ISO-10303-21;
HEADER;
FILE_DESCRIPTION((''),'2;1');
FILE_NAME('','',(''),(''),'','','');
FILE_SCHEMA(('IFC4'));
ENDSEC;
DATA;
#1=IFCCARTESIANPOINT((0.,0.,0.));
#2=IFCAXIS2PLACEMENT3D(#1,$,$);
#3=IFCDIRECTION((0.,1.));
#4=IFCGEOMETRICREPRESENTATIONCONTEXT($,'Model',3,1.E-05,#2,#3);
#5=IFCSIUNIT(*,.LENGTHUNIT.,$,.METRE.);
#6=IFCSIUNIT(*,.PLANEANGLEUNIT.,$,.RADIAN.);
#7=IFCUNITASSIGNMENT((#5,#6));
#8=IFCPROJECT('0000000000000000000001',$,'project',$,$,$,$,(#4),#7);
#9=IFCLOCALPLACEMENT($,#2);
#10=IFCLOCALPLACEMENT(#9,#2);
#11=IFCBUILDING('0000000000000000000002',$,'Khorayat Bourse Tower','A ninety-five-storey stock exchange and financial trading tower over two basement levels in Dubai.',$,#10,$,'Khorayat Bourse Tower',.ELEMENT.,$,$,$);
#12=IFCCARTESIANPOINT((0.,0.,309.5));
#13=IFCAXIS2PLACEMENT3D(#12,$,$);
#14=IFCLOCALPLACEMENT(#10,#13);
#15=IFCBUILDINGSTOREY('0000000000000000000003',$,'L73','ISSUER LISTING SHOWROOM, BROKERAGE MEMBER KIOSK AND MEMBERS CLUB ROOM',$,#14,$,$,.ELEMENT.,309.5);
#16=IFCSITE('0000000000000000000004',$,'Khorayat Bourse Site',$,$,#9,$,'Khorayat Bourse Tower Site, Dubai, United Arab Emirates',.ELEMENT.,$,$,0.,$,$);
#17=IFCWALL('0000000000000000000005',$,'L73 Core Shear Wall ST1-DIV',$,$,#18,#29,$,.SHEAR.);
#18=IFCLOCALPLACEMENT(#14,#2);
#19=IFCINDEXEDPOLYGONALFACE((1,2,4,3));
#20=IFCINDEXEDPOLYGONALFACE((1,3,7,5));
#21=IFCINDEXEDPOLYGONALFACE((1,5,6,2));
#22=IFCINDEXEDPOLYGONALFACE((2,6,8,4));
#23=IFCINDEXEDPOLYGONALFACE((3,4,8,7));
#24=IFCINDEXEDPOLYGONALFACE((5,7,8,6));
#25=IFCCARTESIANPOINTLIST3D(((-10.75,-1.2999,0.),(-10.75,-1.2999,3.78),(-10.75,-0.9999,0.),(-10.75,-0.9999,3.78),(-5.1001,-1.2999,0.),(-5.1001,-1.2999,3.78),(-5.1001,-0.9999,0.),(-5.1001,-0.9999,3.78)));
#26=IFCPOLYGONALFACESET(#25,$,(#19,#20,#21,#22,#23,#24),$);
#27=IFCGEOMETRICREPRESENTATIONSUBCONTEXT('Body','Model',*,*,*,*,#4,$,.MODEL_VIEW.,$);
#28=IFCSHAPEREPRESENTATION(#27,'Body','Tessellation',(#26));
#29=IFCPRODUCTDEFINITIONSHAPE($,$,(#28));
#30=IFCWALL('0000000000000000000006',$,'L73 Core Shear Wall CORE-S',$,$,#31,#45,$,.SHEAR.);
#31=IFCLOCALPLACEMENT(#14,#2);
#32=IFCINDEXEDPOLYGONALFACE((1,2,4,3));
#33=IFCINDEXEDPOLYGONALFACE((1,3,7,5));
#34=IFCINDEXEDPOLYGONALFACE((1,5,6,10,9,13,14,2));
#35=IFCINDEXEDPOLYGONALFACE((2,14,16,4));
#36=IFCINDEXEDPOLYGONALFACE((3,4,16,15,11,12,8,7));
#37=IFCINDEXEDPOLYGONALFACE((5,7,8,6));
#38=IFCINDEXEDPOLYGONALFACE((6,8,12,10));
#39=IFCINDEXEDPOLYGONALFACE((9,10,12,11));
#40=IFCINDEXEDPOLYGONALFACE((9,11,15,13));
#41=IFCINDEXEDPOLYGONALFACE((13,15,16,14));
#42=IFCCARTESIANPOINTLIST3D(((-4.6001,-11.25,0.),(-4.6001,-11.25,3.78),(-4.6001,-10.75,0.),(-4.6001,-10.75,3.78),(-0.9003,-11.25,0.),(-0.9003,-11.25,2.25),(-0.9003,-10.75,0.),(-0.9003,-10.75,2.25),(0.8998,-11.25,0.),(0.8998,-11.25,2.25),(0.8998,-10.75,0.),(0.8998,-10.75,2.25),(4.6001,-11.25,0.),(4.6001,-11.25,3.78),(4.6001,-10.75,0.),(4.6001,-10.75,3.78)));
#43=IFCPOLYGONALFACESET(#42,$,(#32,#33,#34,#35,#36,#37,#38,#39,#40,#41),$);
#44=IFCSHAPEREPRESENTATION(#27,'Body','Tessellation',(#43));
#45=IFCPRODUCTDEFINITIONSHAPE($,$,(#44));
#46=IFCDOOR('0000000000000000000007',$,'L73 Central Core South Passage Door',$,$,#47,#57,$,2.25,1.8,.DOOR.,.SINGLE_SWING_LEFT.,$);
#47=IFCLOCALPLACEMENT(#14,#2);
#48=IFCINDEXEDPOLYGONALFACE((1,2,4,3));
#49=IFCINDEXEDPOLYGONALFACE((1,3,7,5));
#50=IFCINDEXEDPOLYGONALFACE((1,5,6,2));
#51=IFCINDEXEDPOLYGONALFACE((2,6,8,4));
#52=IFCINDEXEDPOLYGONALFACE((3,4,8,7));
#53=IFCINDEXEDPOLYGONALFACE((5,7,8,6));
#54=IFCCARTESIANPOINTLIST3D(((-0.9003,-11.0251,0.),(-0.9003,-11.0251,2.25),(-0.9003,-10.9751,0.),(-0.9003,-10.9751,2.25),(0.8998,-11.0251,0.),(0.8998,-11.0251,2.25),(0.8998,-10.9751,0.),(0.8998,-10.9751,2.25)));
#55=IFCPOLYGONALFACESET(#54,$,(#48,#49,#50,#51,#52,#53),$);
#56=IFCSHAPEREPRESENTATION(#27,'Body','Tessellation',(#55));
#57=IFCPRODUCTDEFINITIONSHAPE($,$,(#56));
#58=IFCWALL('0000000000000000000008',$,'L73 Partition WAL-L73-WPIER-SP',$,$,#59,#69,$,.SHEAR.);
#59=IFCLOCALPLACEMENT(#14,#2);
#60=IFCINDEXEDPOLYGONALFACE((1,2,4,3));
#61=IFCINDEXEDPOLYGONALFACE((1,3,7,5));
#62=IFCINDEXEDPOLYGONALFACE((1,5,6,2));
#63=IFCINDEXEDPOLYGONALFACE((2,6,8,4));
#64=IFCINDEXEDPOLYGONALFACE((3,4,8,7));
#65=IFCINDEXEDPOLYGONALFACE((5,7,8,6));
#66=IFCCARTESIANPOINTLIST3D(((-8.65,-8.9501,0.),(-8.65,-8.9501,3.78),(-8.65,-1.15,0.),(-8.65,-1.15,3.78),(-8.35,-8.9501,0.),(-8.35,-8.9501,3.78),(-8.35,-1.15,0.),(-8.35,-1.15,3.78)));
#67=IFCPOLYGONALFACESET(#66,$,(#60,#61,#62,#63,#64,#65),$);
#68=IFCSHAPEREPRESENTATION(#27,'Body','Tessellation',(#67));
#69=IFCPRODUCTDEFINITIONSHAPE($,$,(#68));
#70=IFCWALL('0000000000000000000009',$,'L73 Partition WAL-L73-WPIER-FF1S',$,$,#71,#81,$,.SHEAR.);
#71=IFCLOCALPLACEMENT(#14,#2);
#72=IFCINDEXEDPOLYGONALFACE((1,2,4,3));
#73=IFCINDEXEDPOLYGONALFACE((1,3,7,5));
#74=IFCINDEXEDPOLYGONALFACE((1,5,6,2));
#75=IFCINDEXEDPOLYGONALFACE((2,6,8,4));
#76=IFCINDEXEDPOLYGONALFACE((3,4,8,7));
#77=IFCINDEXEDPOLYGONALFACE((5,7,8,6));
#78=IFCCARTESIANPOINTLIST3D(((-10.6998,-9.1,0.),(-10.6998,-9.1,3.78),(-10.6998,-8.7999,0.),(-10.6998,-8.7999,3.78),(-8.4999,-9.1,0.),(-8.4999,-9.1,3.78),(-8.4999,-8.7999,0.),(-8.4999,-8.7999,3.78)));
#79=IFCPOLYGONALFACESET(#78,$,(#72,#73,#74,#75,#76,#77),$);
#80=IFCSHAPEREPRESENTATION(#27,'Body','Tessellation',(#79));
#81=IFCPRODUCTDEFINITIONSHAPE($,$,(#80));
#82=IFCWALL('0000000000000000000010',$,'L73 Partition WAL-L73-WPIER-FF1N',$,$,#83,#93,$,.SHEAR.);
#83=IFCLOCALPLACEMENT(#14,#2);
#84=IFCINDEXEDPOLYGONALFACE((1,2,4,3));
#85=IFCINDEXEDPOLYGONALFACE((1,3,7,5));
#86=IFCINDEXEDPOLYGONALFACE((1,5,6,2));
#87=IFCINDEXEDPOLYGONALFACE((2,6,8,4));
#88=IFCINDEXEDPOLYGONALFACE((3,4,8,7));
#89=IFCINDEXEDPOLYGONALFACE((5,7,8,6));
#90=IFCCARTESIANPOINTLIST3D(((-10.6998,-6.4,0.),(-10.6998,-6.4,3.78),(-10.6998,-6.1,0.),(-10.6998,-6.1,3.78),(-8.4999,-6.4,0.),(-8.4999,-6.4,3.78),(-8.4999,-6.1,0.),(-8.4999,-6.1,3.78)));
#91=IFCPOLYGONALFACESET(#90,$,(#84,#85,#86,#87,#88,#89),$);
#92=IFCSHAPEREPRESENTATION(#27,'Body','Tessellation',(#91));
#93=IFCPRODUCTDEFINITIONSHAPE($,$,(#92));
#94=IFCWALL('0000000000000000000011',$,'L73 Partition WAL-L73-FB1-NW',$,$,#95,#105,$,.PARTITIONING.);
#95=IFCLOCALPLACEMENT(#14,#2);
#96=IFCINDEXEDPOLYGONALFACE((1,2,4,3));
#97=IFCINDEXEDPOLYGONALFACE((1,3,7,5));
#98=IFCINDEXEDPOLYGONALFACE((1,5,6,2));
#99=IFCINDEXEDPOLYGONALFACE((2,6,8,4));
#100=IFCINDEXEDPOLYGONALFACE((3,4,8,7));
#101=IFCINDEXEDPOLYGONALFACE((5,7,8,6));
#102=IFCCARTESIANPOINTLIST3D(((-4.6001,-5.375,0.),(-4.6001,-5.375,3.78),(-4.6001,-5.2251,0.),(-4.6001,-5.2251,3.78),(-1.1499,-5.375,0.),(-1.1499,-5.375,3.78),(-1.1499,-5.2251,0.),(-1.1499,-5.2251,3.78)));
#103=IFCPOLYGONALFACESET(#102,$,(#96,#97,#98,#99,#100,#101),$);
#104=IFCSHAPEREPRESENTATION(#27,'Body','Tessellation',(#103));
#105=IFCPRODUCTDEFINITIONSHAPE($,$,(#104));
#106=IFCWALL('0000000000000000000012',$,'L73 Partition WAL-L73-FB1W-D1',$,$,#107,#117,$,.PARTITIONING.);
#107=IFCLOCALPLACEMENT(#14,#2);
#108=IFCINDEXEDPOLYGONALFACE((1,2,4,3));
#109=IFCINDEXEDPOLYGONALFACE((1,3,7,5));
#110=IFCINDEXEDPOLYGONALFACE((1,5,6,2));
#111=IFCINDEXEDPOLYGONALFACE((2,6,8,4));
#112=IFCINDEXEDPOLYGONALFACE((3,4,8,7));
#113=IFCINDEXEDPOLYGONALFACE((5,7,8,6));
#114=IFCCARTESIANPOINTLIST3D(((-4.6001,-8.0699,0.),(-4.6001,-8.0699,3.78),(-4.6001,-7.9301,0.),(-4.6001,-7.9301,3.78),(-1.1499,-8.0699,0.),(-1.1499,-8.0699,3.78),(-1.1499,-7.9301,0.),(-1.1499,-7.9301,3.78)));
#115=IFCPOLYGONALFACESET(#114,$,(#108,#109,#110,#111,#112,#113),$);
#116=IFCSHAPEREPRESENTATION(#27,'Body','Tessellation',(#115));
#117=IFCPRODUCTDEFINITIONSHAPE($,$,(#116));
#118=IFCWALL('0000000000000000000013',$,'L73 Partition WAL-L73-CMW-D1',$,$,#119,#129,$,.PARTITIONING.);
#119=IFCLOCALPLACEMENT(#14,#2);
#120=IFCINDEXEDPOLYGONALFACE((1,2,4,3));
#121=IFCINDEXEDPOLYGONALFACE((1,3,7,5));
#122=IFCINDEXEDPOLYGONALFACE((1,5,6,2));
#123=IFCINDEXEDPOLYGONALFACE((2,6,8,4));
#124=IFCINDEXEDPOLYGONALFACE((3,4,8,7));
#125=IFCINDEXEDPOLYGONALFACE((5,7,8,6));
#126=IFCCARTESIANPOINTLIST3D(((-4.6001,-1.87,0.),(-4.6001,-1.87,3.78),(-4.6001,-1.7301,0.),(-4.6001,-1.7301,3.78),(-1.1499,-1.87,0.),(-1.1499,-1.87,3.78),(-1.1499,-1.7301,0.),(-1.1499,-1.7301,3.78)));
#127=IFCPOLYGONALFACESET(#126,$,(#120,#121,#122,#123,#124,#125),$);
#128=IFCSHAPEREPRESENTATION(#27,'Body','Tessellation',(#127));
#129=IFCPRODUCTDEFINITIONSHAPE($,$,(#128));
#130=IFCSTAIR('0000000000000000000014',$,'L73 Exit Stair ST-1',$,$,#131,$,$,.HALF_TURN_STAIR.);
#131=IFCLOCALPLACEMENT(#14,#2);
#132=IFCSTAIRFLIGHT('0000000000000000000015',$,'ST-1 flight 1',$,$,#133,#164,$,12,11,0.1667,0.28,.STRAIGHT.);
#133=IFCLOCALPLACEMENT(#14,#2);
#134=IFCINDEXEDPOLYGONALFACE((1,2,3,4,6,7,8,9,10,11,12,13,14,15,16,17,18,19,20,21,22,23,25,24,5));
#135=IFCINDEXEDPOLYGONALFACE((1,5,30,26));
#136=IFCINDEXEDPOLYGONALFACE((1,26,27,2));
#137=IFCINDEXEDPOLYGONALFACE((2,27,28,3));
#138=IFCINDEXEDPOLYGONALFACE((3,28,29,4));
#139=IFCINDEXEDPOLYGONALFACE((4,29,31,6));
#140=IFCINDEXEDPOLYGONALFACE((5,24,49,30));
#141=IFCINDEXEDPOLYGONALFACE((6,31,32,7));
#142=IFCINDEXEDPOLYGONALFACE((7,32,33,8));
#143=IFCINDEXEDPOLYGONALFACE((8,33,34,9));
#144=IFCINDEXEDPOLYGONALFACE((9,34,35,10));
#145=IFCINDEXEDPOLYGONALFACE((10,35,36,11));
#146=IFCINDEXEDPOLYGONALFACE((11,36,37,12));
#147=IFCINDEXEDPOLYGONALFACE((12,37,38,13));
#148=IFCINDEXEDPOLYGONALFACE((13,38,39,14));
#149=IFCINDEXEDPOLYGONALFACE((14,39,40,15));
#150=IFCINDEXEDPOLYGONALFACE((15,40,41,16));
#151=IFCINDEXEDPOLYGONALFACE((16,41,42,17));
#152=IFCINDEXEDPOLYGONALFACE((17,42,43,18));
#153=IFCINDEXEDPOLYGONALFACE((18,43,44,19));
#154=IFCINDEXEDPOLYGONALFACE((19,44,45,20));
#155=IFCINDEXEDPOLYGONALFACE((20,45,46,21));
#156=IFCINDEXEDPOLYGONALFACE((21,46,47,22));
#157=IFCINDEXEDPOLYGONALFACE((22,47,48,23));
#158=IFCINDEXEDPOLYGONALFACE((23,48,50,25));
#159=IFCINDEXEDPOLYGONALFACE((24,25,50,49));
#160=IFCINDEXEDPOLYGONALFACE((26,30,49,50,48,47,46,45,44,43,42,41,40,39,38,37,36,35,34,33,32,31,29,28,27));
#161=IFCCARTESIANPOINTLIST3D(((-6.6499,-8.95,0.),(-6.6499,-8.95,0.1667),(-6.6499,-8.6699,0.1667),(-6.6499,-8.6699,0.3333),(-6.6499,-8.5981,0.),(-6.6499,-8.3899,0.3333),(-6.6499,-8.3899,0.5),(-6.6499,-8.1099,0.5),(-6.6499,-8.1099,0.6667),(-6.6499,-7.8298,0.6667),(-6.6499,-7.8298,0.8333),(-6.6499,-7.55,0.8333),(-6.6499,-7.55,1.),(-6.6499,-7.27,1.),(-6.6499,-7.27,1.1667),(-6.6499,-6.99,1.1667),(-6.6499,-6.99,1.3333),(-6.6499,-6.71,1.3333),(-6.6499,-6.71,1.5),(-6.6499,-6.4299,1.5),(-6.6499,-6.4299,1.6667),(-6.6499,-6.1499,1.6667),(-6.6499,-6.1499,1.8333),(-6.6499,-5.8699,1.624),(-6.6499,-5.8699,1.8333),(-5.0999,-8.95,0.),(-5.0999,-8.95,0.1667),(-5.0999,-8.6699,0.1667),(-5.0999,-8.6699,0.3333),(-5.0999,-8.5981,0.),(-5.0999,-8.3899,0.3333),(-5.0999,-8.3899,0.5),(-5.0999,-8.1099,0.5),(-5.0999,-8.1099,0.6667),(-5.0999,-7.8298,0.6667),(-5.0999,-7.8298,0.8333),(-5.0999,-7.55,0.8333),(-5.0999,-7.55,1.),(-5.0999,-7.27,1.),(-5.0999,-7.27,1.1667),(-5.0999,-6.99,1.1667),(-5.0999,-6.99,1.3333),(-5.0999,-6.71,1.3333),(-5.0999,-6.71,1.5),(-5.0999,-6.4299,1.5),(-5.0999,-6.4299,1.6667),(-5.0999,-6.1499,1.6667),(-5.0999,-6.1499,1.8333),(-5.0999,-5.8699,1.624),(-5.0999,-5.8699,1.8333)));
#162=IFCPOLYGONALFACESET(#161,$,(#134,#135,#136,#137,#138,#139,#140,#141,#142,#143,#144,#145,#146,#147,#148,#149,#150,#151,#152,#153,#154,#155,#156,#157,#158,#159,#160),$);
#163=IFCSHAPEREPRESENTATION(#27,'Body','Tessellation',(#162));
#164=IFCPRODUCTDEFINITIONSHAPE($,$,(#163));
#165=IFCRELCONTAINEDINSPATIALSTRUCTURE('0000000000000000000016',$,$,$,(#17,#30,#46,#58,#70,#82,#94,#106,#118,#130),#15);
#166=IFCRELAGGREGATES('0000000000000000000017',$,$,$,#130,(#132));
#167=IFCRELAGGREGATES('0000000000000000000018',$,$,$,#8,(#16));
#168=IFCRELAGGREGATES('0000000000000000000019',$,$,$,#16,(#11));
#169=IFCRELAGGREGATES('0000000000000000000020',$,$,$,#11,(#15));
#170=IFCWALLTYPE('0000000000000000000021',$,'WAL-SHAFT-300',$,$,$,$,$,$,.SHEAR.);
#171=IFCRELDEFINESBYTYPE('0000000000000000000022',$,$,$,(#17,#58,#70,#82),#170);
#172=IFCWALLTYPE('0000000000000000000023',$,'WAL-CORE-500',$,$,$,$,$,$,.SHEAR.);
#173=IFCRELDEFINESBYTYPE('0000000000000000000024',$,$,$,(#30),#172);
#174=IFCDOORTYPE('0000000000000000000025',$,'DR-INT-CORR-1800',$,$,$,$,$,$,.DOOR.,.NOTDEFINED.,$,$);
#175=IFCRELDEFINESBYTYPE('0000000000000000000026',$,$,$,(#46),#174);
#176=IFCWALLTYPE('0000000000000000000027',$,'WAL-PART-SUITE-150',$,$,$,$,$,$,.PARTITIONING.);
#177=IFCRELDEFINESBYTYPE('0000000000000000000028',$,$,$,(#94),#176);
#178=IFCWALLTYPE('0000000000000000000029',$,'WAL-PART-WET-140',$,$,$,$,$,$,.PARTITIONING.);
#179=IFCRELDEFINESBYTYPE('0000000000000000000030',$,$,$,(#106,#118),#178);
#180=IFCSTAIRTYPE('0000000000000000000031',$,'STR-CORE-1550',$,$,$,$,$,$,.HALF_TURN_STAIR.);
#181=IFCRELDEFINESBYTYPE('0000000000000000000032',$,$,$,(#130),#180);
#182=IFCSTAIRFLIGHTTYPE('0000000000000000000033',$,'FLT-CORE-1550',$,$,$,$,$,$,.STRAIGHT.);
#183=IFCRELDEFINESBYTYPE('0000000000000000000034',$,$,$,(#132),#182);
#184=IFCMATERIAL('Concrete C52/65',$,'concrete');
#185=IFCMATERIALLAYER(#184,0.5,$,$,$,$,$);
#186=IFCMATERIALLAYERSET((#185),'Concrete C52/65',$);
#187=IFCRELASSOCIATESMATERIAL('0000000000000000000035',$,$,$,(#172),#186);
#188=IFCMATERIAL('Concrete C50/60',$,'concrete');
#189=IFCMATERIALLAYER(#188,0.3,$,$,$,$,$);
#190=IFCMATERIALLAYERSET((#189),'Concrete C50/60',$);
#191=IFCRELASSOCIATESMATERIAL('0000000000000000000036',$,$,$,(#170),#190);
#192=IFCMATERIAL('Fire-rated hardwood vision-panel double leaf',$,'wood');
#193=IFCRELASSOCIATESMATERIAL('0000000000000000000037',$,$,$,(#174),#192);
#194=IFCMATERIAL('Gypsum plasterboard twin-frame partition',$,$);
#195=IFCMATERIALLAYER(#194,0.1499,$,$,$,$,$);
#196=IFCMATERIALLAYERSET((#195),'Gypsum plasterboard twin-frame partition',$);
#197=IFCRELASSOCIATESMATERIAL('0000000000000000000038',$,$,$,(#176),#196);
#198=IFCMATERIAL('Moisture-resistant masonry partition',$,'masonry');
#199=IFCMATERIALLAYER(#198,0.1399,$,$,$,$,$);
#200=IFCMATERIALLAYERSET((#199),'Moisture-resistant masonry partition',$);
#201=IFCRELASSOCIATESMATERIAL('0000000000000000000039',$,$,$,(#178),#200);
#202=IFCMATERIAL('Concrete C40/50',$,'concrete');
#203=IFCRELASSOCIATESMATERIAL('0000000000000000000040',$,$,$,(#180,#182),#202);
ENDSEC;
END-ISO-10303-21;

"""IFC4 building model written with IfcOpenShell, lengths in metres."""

from ifc_helpers import new_model, si_unit, direction, frame, frame_2d, origin, place, context, subcontext, project, spatial, polyline, rectangle, outline, extrude, source, transform, mapped, material, layer, layer_set, type_object, element, fill, aggregate, save


model = new_model("IFC4")

# Units and contexts
model_context = context("Model", 3, precision=1e-05, world=origin(), true_north=direction((0.0, 1.0)))
body_context = subcontext(model_context, "Body", "Model", "MODEL_VIEW")
ifc_project = project(units=[si_unit("LENGTHUNIT", "METRE"), si_unit("PLANEANGLEUNIT", "RADIAN")], contexts=[model_context])

# Site, building, storey
site_placement = place(None, origin())
site = spatial("IfcSite", under=ifc_project, at=site_placement, Name="Khorayat Bourse Site", LongName="Khorayat Bourse Tower Site, Dubai, United Arab Emirates", CompositionType="ELEMENT", RefElevation=0.0)
building_placement = place(site_placement, origin())
building = spatial("IfcBuilding", under=site, at=building_placement, Name="Khorayat Bourse Tower", Description="A ninety-five-storey stock exchange and financial trading tower over two basement levels in Dubai.", LongName="Khorayat Bourse Tower", CompositionType="ELEMENT")
storey_placement = place(building_placement, frame((0.0, 0.0, 309.5)))
storey = spatial("IfcBuildingStorey", under=building, at=storey_placement, Name="L73", Description="ISSUER LISTING SHOWROOM, BROKERAGE MEMBER KIOSK AND MEMBERS CLUB ROOM", CompositionType="ELEMENT", Elevation=309.5)

# Shared definitions
ifc_material_1 = material(Name="Concrete C52/65", Category="concrete")

# Wall
ifc_layer_1 = layer(ifc_material_1, 0.5)
ifc_layer_set_1 = layer_set([ifc_layer_1], Name="Concrete C52/65")
wall_type_1 = type_object("IfcWallType", Name="WAL-CORE-500", PredefinedType="SHEAR", material=ifc_layer_set_1)
ifc_material_2 = material(Name="Concrete C50/60", Category="concrete")
ifc_layer_2 = layer(ifc_material_2, 0.3)
ifc_layer_set_2 = layer_set([ifc_layer_2], Name="Concrete C50/60")
wall_type_2 = type_object("IfcWallType", Name="WAL-SHAFT-300", PredefinedType="SHEAR", material=ifc_layer_set_2)
shared_shape_1 = source(origin(), body_context, "Body", "SweptSolid", [
    extrude(rectangle(XDim=5.6499, YDim=0.3, at=frame_2d((2.825, 0.0))), origin(), (0.0, 0.0, 1.0), 3.78),
])
wall_1_placement = place(storey_placement, frame((-10.75, -1.1499, 0.0), z_axis=(0.0, 0.0, 1.0), x_axis=(1.0, 0.0, 0.0)))
element("IfcWall", 1, at=wall_1_placement, inside=storey, type_object=wall_type_2, Name="L73 Core Shear Wall ST1-DIV", PredefinedType="SHEAR", context=body_context, shape_type="MappedRepresentation", body=[
    mapped(shared_shape_1, transform((0.0, 0.0, 0.0), scale=1.0)),
])

# Wall, opening, door
shared_shape_2 = source(origin(), body_context, "Body", "SweptSolid", [
    extrude(rectangle(XDim=9.2002, YDim=0.5, at=frame_2d((4.6001, 0.0))), origin(), (0.0, 0.0, 1.0), 3.78),
])
wall_2_placement = place(storey_placement, frame((-4.6001, -11.0, 0.0), z_axis=(0.0, 0.0, 1.0), x_axis=(1.0, 0.0, 0.0)))
wall_2 = element("IfcWall", 2, at=wall_2_placement, inside=storey, type_object=wall_type_1, Name="L73 Core Shear Wall CORE-S", PredefinedType="SHEAR", context=body_context, shape_type="MappedRepresentation", body=[
    mapped(shared_shape_2, transform((0.0, 0.0, 0.0), scale=1.0)),
])
shared_shape_3 = source(origin(), body_context, "Body", "SweptSolid", [
    extrude(rectangle(XDim=1.8, YDim=2.25, at=frame_2d((0.8999, 1.125))), frame((0.0, 0.26, 0.0), z_axis=(0.0, -1.0, 0.0), x_axis=(1.0, 0.0, 0.0)), (0.0, 0.0, 1.0), 0.52),
])
opening_placement = place(wall_2_placement, frame((3.7, 0.0, 0.0)))
opening = element("IfcOpeningElement", 3, at=opening_placement, cuts=wall_2, PredefinedType="OPENING", context=body_context, shape_type="MappedRepresentation", body=[
    mapped(shared_shape_3, transform((0.0, 0.0, 0.0), scale=1.0)),
])
ifc_material_3 = material(Name="Fire-rated hardwood vision-panel double leaf", Category="wood")
door_type = type_object("IfcDoorType", Name="DR-INT-CORR-1800", OperationType="NOTDEFINED", PredefinedType="DOOR", material=ifc_material_3)
shared_shape_4 = source(origin(), body_context, "Body", "SweptSolid", [
    extrude(rectangle(XDim=1.8, YDim=2.25, at=frame_2d((0.8999, 1.125))), frame((0.0, 0.0249, 0.0), z_axis=(0.0, -1.0, 0.0), x_axis=(1.0, 0.0, 0.0)), (0.0, 0.0, 1.0), 0.05),
])
door_placement = place(opening_placement, origin())
door = element("IfcDoor", 4, at=door_placement, inside=storey, type_object=door_type, Name="L73 Central Core South Passage Door", OperationType="SINGLE_SWING_LEFT", OverallHeight=2.25, OverallWidth=1.8, PredefinedType="DOOR", context=body_context, shape_type="MappedRepresentation", body=[
    mapped(shared_shape_4, transform((0.0, 0.0, 0.0), scale=1.0)),
])
fill(opening, door)

# Walls
shared_shape_5 = source(origin(), body_context, "Body", "SweptSolid", [
    extrude(rectangle(XDim=7.8, YDim=0.3, at=frame_2d((3.8999, 0.0))), origin(), (0.0, 0.0, 1.0), 3.78),
])
wall_3_placement = place(storey_placement, frame((-8.5, -8.95, 0.0), z_axis=(0.0, 0.0, 1.0), x_axis=(0.0, 1.0, 0.0)))
element("IfcWall", 5, at=wall_3_placement, inside=storey, type_object=wall_type_2, Name="L73 Partition WAL-L73-WPIER-SP", PredefinedType="SHEAR", context=body_context, shape_type="MappedRepresentation", body=[
    mapped(shared_shape_5, transform((0.0, 0.0, 0.0), scale=1.0)),
])
shared_shape_6 = source(origin(), body_context, "Body", "SweptSolid", [
    extrude(rectangle(XDim=2.2, YDim=0.3, at=frame_2d((1.1001, 0.0))), origin(), (0.0, 0.0, 1.0), 3.78),
])
for number, where, z_axis, x_axis, name in (
    (6, (-10.7, -8.95, 0.0), (0.0, 0.0, 1.0), (1.0, 0.0, 0.0), "L73 Partition WAL-L73-WPIER-FF1S"),
    (7, (-10.7, -6.25, 0.0), (0.0, 0.0, 1.0), (1.0, 0.0, 0.0), "L73 Partition WAL-L73-WPIER-FF1N"),
):
    element("IfcWall", number, at=place(storey_placement, frame(where, z_axis=z_axis, x_axis=x_axis)), inside=storey, type_object=wall_type_2, Name=name, PredefinedType="SHEAR", context=body_context, shape_type="MappedRepresentation", body=[
        mapped(shared_shape_6, transform((0.0, 0.0, 0.0), scale=1.0)),
    ])
ifc_material_4 = material(Name="Gypsum plasterboard twin-frame partition")
ifc_layer_3 = layer(ifc_material_4, 0.1499)
ifc_layer_set_3 = layer_set([ifc_layer_3], Name="Gypsum plasterboard twin-frame partition")
wall_type_3 = type_object("IfcWallType", Name="WAL-PART-SUITE-150", PredefinedType="PARTITIONING", material=ifc_layer_set_3)
shared_shape_7 = source(origin(), body_context, "Body", "SweptSolid", [
    extrude(rectangle(XDim=3.4502, YDim=0.1499, at=frame_2d((1.7251, 0.0))), origin(), (0.0, 0.0, 1.0), 3.78),
])
wall_4_placement = place(storey_placement, frame((-4.6001, -5.3, 0.0), z_axis=(0.0, 0.0, 1.0), x_axis=(1.0, 0.0, 0.0)))
element("IfcWall", 8, at=wall_4_placement, inside=storey, type_object=wall_type_3, Name="L73 Partition WAL-L73-FB1-NW", PredefinedType="PARTITIONING", context=body_context, shape_type="MappedRepresentation", body=[
    mapped(shared_shape_7, transform((0.0, 0.0, 0.0), scale=1.0)),
])
ifc_material_5 = material(Name="Moisture-resistant masonry partition", Category="masonry")
ifc_layer_4 = layer(ifc_material_5, 0.1399)
ifc_layer_set_4 = layer_set([ifc_layer_4], Name="Moisture-resistant masonry partition")
wall_type_4 = type_object("IfcWallType", Name="WAL-PART-WET-140", PredefinedType="PARTITIONING", material=ifc_layer_set_4)
shared_shape_8 = source(origin(), body_context, "Body", "SweptSolid", [
    extrude(rectangle(XDim=3.4502, YDim=0.1399, at=frame_2d((1.7251, 0.0))), origin(), (0.0, 0.0, 1.0), 3.78),
])
for number, where, z_axis, x_axis, name in (
    (9, (-4.6001, -8.0, 0.0), (0.0, 0.0, 1.0), (1.0, 0.0, 0.0), "L73 Partition WAL-L73-FB1W-D1"),
    (10, (-4.6001, -1.8, 0.0), (0.0, 0.0, 1.0), (1.0, 0.0, 0.0), "L73 Partition WAL-L73-CMW-D1"),
):
    element("IfcWall", number, at=place(storey_placement, frame(where, z_axis=z_axis, x_axis=x_axis)), inside=storey, type_object=wall_type_4, Name=name, PredefinedType="PARTITIONING", context=body_context, shape_type="MappedRepresentation", body=[
        mapped(shared_shape_8, transform((0.0, 0.0, 0.0), scale=1.0)),
    ])

# Stair, stair flight
ifc_material_6 = material(Name="Concrete C40/50", Category="concrete")
stair_type = type_object("IfcStairType", Name="STR-CORE-1550", PredefinedType="HALF_TURN_STAIR", material=ifc_material_6)
stair_placement = place(storey_placement, origin())
stair = element("IfcStair", 11, at=stair_placement, inside=storey, type_object=stair_type, Name="L73 Exit Stair ST-1", PredefinedType="HALF_TURN_STAIR")
stair_flight_type = type_object("IfcStairFlightType", Name="FLT-CORE-1550", PredefinedType="STRAIGHT", material=ifc_material_6)
shared_shape_9 = source(origin(), body_context, "Body", "SweptSolid", [
    extrude(outline(polyline([(0.0, 0.0), (0.0, 0.1667), (0.28, 0.1667), (0.28, 0.3333), (0.5601, 0.3333), (0.5601, 0.5), (0.8401, 0.5), (0.8401, 0.6667), (1.1201, 0.6667), (1.1201, 0.8333), (1.3999, 0.8333), (1.3999, 1.0), (1.6799, 1.0), (1.6799, 1.1667), (1.96, 1.1667), (1.96, 1.3333), (2.24, 1.3333), (2.24, 1.5), (2.52, 1.5), (2.52, 1.6667), (2.8, 1.6667), (2.8, 1.8333), (3.0801, 1.8333), (3.0801, 2.0), (3.0801, 1.624), (0.3518, 0.0), (0.0, 0.0)])), frame((0.0, 0.7749, 0.0), z_axis=(0.0, -1.0, 0.0), x_axis=(1.0, 0.0, 0.0)), (0.0, 0.0, 1.0), 1.55),
])
stair_flight_1_placement = place(storey_placement, frame((-5.875, -8.95, 0.0), z_axis=(0.0, 0.0, 1.0), x_axis=(0.0, 1.0, 0.0)))
stair_flight_1 = element("IfcStairFlight", 12, at=stair_flight_1_placement, type_object=stair_flight_type, Name="ST-1 flight 1", NumberOfRisers=12, NumberOfTreads=11, PredefinedType="STRAIGHT", RiserHeight=0.1667, TreadLength=0.28, context=body_context, shape_type="MappedRepresentation", body=[
    mapped(shared_shape_9, transform((0.0, 0.0, 0.0), scale=1.0)),
])
aggregate(stair, [stair_flight_1])

save(model, "model.ifc")
